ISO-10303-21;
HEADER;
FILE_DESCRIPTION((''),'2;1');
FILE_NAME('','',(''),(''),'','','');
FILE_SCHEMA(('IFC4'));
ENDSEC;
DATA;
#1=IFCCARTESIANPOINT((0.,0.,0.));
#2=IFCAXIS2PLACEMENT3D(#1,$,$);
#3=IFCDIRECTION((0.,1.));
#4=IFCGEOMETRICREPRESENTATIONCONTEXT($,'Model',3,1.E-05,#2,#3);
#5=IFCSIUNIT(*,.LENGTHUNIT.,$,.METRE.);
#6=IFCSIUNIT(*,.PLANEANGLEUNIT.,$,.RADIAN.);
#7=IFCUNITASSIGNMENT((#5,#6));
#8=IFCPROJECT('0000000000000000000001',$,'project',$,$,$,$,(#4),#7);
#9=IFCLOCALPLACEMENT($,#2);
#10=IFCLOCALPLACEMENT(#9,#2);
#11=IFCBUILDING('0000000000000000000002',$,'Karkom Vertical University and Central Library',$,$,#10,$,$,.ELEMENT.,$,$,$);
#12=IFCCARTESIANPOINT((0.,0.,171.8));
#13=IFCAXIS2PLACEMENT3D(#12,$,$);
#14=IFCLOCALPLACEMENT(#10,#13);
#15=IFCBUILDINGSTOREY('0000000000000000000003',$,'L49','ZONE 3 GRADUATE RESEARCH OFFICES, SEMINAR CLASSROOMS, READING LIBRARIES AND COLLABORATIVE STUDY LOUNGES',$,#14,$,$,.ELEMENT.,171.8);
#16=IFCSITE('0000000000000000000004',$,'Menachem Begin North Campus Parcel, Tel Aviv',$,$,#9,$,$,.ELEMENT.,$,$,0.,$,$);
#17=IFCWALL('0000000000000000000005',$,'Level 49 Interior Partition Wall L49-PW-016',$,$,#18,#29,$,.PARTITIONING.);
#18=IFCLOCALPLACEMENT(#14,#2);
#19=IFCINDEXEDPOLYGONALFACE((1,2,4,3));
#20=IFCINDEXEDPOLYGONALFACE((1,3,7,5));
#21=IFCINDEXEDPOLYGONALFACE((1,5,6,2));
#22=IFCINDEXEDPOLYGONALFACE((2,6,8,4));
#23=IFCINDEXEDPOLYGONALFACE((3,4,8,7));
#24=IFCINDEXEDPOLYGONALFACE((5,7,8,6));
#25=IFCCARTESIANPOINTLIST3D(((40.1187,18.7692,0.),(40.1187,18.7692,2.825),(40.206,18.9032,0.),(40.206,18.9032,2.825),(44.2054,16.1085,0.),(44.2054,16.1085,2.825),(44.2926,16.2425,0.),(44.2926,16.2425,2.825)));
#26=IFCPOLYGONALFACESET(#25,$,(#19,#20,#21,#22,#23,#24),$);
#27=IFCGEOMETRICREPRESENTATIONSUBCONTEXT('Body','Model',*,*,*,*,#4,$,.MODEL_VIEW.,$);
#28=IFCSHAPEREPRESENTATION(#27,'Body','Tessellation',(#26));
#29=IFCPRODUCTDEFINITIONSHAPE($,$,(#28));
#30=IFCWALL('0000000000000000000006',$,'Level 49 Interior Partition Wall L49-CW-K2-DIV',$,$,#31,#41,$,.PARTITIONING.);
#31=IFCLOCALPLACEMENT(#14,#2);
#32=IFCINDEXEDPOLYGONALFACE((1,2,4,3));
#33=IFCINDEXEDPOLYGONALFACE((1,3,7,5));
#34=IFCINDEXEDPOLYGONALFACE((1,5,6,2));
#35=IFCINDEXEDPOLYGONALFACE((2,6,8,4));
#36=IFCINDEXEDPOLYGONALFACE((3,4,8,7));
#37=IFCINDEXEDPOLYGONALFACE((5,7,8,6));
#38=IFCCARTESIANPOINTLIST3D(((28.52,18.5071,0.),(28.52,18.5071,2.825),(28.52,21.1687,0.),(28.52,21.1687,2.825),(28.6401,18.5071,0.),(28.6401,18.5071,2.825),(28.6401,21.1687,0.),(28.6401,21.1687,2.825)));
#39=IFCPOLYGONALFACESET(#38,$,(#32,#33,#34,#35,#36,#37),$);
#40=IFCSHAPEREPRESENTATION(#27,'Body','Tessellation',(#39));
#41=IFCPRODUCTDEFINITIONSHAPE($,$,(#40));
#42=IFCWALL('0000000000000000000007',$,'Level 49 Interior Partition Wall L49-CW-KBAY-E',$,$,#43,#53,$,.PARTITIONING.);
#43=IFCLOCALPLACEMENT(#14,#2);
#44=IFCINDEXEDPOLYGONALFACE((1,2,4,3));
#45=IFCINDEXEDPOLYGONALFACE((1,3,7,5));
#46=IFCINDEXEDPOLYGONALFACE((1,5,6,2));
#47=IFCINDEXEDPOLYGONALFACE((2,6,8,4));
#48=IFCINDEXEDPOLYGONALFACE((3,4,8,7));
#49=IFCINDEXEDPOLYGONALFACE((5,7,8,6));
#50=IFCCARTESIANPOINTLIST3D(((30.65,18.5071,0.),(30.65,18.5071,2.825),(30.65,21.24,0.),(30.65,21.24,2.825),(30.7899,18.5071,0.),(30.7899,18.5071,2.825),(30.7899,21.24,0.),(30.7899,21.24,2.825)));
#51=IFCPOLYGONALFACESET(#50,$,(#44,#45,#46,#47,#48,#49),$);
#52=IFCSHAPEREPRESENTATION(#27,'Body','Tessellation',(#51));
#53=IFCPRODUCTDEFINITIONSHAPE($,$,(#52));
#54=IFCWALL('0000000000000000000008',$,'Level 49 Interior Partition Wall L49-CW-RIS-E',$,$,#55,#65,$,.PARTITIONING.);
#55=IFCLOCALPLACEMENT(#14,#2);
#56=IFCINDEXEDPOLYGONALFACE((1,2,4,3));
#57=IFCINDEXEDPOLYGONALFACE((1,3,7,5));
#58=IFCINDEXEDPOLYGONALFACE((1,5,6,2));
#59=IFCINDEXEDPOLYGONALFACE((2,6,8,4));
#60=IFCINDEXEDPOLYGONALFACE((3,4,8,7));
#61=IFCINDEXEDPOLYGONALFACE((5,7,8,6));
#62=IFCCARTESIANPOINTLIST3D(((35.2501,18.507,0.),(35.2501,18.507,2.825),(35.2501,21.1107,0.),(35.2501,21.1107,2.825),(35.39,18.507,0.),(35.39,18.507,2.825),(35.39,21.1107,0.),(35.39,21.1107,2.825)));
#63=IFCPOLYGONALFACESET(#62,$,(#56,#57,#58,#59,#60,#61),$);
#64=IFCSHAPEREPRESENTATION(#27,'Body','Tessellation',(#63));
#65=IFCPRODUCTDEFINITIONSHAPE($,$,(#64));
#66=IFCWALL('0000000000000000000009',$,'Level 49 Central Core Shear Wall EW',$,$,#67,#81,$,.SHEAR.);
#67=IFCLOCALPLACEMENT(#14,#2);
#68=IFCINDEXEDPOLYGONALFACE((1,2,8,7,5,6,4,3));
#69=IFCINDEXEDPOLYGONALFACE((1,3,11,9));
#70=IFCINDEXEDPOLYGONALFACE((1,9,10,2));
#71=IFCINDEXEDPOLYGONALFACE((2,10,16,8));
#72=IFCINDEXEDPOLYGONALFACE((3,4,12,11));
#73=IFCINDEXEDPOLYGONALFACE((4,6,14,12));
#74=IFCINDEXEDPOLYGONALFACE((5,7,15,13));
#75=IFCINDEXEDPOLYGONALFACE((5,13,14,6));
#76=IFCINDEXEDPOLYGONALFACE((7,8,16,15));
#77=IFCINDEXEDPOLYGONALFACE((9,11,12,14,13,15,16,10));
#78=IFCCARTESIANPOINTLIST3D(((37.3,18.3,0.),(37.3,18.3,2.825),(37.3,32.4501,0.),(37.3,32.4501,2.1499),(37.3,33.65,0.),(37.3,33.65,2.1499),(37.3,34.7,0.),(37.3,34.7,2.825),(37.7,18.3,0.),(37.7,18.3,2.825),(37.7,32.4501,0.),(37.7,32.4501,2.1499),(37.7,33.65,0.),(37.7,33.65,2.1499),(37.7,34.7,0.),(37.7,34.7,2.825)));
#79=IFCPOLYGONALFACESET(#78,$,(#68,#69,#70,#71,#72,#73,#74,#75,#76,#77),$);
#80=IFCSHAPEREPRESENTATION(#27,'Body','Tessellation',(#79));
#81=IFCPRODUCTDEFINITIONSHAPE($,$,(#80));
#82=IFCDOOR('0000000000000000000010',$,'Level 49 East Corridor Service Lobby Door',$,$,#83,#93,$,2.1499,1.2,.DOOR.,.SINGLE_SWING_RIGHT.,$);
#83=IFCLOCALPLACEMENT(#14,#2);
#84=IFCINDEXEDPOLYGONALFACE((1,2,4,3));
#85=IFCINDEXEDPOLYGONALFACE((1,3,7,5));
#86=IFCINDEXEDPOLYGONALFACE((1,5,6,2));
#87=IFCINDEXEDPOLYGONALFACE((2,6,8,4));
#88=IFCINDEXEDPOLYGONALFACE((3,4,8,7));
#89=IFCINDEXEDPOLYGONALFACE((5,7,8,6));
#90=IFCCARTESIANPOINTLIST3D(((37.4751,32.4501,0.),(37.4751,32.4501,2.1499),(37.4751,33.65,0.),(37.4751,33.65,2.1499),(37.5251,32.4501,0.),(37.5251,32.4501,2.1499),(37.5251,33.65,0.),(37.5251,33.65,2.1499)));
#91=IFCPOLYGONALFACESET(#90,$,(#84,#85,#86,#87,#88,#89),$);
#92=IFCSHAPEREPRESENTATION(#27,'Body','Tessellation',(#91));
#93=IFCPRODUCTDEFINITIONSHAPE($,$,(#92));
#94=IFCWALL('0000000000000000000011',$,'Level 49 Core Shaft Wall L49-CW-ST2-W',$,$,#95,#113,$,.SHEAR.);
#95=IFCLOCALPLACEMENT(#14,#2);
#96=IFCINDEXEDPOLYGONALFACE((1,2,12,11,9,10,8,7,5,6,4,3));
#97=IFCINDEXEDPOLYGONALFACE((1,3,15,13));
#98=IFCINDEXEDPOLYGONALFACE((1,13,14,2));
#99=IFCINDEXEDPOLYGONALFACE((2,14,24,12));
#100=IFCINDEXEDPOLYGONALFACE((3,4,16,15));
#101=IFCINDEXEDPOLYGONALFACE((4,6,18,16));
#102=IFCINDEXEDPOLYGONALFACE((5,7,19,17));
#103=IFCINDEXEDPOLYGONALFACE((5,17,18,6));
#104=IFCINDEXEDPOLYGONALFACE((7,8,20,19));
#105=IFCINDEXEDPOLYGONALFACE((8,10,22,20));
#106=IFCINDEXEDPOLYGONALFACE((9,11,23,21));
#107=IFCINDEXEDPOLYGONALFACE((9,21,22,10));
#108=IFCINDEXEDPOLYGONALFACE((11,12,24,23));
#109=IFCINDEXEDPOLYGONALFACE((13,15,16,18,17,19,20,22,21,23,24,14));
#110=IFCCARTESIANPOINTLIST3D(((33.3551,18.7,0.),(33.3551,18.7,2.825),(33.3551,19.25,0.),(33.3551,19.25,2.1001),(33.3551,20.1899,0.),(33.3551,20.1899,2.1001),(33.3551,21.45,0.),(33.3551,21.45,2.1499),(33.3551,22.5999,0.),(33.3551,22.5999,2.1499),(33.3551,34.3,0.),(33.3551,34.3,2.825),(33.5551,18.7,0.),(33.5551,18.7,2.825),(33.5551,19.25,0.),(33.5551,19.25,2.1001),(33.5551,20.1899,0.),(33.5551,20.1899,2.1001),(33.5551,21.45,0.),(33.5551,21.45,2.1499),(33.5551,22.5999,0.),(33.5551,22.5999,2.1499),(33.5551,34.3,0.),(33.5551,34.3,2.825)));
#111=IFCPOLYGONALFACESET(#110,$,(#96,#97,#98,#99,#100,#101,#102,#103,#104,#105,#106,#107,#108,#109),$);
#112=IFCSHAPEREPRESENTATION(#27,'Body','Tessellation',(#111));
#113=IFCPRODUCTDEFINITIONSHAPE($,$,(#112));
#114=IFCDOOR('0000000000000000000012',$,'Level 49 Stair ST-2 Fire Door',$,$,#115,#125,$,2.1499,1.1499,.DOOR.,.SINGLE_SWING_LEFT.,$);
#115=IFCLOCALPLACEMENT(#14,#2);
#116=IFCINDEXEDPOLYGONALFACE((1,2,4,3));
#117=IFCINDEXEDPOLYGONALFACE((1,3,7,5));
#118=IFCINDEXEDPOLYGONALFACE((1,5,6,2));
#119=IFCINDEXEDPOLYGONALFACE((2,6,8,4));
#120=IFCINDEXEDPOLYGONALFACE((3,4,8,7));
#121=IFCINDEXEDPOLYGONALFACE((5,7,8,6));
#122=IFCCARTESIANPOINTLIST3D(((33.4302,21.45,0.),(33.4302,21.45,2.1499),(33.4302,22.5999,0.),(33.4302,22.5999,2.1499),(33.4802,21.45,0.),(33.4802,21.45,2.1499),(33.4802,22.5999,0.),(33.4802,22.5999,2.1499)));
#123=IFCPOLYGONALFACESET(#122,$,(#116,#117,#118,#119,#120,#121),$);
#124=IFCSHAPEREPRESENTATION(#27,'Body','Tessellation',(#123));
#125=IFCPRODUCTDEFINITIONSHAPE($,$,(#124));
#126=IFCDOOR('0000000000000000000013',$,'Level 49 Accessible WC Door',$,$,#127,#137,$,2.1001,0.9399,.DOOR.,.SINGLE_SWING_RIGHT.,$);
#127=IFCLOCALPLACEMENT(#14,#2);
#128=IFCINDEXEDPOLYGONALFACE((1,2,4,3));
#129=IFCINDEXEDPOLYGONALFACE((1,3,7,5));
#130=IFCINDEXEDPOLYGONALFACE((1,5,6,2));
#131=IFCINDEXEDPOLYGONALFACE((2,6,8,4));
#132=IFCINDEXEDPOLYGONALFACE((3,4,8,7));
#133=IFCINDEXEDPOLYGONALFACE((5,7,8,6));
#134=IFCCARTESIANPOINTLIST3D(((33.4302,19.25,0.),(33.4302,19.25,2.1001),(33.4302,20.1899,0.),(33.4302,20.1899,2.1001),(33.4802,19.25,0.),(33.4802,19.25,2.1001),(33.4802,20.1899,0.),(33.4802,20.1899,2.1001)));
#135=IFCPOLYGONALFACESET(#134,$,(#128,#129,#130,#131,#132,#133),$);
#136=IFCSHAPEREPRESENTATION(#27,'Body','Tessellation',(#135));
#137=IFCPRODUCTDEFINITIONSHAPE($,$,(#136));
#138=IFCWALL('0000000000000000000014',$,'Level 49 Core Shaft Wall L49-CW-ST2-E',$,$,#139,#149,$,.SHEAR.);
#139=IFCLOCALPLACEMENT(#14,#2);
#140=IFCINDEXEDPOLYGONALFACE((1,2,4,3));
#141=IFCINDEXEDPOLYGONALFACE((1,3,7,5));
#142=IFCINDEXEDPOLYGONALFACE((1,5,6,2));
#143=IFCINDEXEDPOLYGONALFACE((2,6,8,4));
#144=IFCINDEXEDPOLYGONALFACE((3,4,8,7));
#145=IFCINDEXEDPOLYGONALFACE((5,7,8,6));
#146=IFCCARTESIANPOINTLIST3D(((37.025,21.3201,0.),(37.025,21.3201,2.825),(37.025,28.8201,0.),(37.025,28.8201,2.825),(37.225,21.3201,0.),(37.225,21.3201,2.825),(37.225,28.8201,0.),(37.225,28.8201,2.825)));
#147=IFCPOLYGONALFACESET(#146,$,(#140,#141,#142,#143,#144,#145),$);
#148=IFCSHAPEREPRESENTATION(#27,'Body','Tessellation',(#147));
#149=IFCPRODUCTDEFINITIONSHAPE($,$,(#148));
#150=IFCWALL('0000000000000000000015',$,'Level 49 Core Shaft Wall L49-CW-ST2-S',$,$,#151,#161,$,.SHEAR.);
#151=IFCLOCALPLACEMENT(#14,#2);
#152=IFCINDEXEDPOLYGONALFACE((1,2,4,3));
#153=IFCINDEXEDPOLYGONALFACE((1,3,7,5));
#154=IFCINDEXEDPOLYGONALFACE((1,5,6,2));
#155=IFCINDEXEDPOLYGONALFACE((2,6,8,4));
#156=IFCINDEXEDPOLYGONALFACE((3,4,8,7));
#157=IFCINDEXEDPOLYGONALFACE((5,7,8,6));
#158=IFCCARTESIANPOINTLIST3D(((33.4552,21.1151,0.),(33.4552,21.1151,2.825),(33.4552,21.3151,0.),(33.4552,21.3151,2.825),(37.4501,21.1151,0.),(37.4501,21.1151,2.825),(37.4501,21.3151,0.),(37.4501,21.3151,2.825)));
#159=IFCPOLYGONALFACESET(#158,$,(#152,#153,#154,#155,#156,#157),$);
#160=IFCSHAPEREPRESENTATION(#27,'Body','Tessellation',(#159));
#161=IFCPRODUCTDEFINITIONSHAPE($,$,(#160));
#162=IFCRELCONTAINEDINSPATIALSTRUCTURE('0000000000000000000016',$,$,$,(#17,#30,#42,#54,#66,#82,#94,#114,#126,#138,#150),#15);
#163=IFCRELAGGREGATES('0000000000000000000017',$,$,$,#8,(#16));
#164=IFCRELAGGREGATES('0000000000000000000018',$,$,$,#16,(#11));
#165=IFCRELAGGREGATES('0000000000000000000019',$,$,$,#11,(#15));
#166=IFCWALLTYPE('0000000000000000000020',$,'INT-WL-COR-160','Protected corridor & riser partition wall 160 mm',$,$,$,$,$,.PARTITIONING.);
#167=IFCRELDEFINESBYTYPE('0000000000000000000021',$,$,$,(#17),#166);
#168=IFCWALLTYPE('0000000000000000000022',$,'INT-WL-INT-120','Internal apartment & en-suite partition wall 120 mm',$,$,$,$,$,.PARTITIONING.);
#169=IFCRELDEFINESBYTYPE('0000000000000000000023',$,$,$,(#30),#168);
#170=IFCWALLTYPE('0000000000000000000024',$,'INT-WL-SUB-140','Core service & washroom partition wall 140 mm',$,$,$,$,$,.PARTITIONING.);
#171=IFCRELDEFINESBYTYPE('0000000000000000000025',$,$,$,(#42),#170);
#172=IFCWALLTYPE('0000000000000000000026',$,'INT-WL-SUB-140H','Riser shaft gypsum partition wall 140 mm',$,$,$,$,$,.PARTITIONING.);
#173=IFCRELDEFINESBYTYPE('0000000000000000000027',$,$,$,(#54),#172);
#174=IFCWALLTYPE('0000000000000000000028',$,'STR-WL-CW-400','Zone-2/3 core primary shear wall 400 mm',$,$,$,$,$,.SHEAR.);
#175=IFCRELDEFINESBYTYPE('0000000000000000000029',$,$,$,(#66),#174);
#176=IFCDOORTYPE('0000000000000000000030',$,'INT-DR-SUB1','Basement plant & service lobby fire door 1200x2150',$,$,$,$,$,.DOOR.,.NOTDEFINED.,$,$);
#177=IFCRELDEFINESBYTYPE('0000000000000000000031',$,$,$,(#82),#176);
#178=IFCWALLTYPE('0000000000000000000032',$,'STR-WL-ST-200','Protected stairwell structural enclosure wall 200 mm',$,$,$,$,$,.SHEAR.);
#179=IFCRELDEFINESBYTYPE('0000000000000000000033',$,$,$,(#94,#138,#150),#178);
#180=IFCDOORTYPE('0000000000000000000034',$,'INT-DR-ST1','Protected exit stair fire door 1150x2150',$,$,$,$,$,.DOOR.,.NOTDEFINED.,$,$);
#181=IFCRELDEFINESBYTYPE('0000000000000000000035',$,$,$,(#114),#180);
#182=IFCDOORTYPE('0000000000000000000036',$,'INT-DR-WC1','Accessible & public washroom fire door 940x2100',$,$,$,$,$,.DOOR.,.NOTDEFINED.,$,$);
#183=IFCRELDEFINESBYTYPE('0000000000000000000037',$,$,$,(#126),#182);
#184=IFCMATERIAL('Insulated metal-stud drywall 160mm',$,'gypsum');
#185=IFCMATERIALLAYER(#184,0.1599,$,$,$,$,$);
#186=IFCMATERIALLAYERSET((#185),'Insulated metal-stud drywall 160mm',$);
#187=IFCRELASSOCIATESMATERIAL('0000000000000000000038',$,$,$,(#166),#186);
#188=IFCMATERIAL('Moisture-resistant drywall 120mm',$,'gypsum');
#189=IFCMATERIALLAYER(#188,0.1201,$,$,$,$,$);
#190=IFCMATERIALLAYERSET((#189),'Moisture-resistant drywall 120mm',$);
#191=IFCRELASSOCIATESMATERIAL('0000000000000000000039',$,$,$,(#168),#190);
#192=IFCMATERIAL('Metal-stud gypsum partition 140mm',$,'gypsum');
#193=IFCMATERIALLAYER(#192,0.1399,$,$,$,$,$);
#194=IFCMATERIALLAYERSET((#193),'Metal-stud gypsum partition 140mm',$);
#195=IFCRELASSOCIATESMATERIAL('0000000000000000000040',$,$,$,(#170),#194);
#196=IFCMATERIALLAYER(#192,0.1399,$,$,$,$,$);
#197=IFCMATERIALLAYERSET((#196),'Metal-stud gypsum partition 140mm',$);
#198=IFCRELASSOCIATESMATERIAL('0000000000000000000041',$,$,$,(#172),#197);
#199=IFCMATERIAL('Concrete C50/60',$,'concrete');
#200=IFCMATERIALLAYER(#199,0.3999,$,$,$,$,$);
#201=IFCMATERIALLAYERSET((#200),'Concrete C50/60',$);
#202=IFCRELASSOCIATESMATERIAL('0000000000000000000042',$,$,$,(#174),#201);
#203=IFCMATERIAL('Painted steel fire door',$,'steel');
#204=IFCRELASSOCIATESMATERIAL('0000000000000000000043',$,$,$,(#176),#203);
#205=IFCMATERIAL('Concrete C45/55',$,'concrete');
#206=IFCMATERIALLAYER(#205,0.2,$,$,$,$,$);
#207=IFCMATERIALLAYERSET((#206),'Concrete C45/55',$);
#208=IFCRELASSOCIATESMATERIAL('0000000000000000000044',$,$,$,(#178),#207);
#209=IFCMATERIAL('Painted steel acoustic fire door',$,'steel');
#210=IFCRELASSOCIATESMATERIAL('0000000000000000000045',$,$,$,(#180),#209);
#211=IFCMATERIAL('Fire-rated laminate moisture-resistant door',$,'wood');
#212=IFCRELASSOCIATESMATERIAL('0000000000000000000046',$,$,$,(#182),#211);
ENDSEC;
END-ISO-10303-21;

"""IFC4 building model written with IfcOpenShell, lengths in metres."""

from ifc_helpers import new_model, si_unit, direction, frame, frame_2d, origin, origin_with_axes, place, context, subcontext, project, spatial, rectangle, extrude, source, transform, mapped, material, layer, layer_set, type_object, element, fill, save


model = new_model("IFC4")

# Units and contexts
model_context = context("Model", 3, precision=1e-05, world=origin(), true_north=direction((0.0, 1.0)))
body_context = subcontext(model_context, "Body", "Model", "MODEL_VIEW")
ifc_project = project(units=[si_unit("LENGTHUNIT", "METRE"), si_unit("PLANEANGLEUNIT", "RADIAN")], contexts=[model_context])

# Site, building, storey
site_placement = place(None, origin())
site = spatial("IfcSite", under=ifc_project, at=site_placement, Name="Menachem Begin North Campus Parcel, Tel Aviv", CompositionType="ELEMENT", RefElevation=0.0)
building_placement = place(site_placement, origin())
building = spatial("IfcBuilding", under=site, at=building_placement, Name="Karkom Vertical University and Central Library", CompositionType="ELEMENT")
storey_placement = place(building_placement, frame((0.0, 0.0, 171.8)))
storey = spatial("IfcBuildingStorey", under=building, at=storey_placement, Name="L49", Description="ZONE 3 GRADUATE RESEARCH OFFICES, SEMINAR CLASSROOMS, READING LIBRARIES AND COLLABORATIVE STUDY LOUNGES", CompositionType="ELEMENT", Elevation=171.8)

# Shared definitions
ifc_material_1 = material(Name="Concrete C50/60", Category="concrete")

# Walls
ifc_material_2 = material(Name="Insulated metal-stud drywall 160mm", Category="gypsum")
ifc_layer_1 = layer(ifc_material_2, 0.1599)
ifc_layer_set_1 = layer_set([ifc_layer_1], Name="Insulated metal-stud drywall 160mm")
wall_type_1 = type_object("IfcWallType", Name="INT-WL-COR-160", Description="Protected corridor & riser partition wall 160 mm", PredefinedType="PARTITIONING", material=ifc_layer_set_1)
wall_1_placement = place(storey_placement, frame((40.1624, 18.8362, 0.0), z_axis=(0.0, 0.0, 1.0), x_axis=(0.83804, -0.545609, 0.0)))
element("IfcWall", 1, at=wall_1_placement, inside=storey, type_object=wall_type_1, Name="Level 49 Interior Partition Wall L49-PW-016", PredefinedType="PARTITIONING", context=body_context, shape_type="SweptSolid", body=[
    extrude(rectangle(XDim=4.8765, YDim=0.1599, at=frame_2d((2.4382, 0.0))), origin(), (0.0, 0.0, 1.0), 2.825),
])
ifc_material_3 = material(Name="Moisture-resistant drywall 120mm", Category="gypsum")
ifc_layer_2 = layer(ifc_material_3, 0.1201)
ifc_layer_set_2 = layer_set([ifc_layer_2], Name="Moisture-resistant drywall 120mm")
wall_type_2 = type_object("IfcWallType", Name="INT-WL-INT-120", Description="Internal apartment & en-suite partition wall 120 mm", PredefinedType="PARTITIONING", material=ifc_layer_set_2)
wall_2_placement = place(storey_placement, frame((28.5801, 18.5071, 0.0), z_axis=(0.0, 0.0, 1.0), x_axis=(0.0, 1.0, 0.0)))
element("IfcWall", 2, at=wall_2_placement, inside=storey, type_object=wall_type_2, Name="Level 49 Interior Partition Wall L49-CW-K2-DIV", PredefinedType="PARTITIONING", context=body_context, shape_type="SweptSolid", body=[
    extrude(rectangle(XDim=2.6616, YDim=0.1201, at=frame_2d((1.3308, 0.0))), origin(), (0.0, 0.0, 1.0), 2.825),
])
ifc_material_4 = material(Name="Metal-stud gypsum partition 140mm", Category="gypsum")
ifc_layer_3 = layer(ifc_material_4, 0.1399)
ifc_layer_set_3 = layer_set([ifc_layer_3], Name="Metal-stud gypsum partition 140mm")
wall_type_3 = type_object("IfcWallType", Name="INT-WL-SUB-140", Description="Core service & washroom partition wall 140 mm", PredefinedType="PARTITIONING", material=ifc_layer_set_3)
wall_3_placement = place(storey_placement, frame((30.72, 18.5071, 0.0), z_axis=(0.0, 0.0, 1.0), x_axis=(0.0, 1.0, 0.0)))
element("IfcWall", 3, at=wall_3_placement, inside=storey, type_object=wall_type_3, Name="Level 49 Interior Partition Wall L49-CW-KBAY-E", PredefinedType="PARTITIONING", context=body_context, shape_type="SweptSolid", body=[
    extrude(rectangle(XDim=2.7329, YDim=0.1399, at=frame_2d((1.3665, 0.0))), origin(), (0.0, 0.0, 1.0), 2.825),
])
ifc_layer_4 = layer(ifc_material_4, 0.1399)
ifc_layer_set_4 = layer_set([ifc_layer_4], Name="Metal-stud gypsum partition 140mm")
wall_type_4 = type_object("IfcWallType", Name="INT-WL-SUB-140H", Description="Riser shaft gypsum partition wall 140 mm", PredefinedType="PARTITIONING", material=ifc_layer_set_4)
wall_4_placement = place(storey_placement, frame((35.3201, 18.5071, 0.0), z_axis=(0.0, 0.0, 1.0), x_axis=(0.0, 1.0, 0.0)))
element("IfcWall", 4, at=wall_4_placement, inside=storey, type_object=wall_type_4, Name="Level 49 Interior Partition Wall L49-CW-RIS-E", PredefinedType="PARTITIONING", context=body_context, shape_type="SweptSolid", body=[
    extrude(rectangle(XDim=2.6038, YDim=0.1399, at=frame_2d((1.3018, 0.0))), origin(), (0.0, 0.0, 1.0), 2.825),
])

# Wall, opening, door
ifc_layer_5 = layer(ifc_material_1, 0.3999)
ifc_layer_set_5 = layer_set([ifc_layer_5], Name="Concrete C50/60")
wall_type_5 = type_object("IfcWallType", Name="STR-WL-CW-400", Description="Zone-2/3 core primary shear wall 400 mm", PredefinedType="SHEAR", material=ifc_layer_set_5)
wall_5_placement = place(storey_placement, frame((37.5, 18.3, 0.0), z_axis=(0.0, 0.0, 1.0), x_axis=(0.0, 1.0, 0.0)))
wall_5 = element("IfcWall", 5, at=wall_5_placement, inside=storey, type_object=wall_type_5, Name="Level 49 Central Core Shear Wall EW", PredefinedType="SHEAR", context=body_context, shape_type="SweptSolid", body=[
    extrude(rectangle(XDim=16.3999, YDim=0.3999, at=frame_2d((8.2, 0.0))), origin(), (0.0, 0.0, 1.0), 2.825),
])
opening_1_placement = place(wall_5_placement, frame((14.1499, 0.0, 0.0)))
opening_1 = element("IfcOpeningElement", 6, at=opening_1_placement, cuts=wall_5, PredefinedType="OPENING", context=body_context, shape_type="SweptSolid", body=[
    extrude(rectangle(XDim=1.2, YDim=2.1499, at=frame_2d((0.6001, 1.075))), frame((0.0, 0.21, 0.0), z_axis=(0.0, -1.0, 0.0), x_axis=(1.0, 0.0, 0.0)), (0.0, 0.0, 1.0), 0.4199),
])
ifc_material_5 = material(Name="Painted steel fire door", Category="steel")
door_type_1 = type_object("IfcDoorType", Name="INT-DR-SUB1", Description="Basement plant & service lobby fire door 1200x2150", OperationType="NOTDEFINED", PredefinedType="DOOR", material=ifc_material_5)
shared_shape_1 = source(origin_with_axes(), body_context, "Body", "SweptSolid", [
    extrude(rectangle(XDim=1.2, YDim=2.1499, at=frame_2d((0.6001, 1.075))), frame((0.0, 0.0249, 0.0), z_axis=(0.0, -1.0, 0.0), x_axis=(1.0, 0.0, 0.0)), (0.0, 0.0, 1.0), 0.05),
])
door_1_placement = place(opening_1_placement, origin())
door_1 = element("IfcDoor", 7, at=door_1_placement, inside=storey, type_object=door_type_1, Name="Level 49 East Corridor Service Lobby Door", OperationType="SINGLE_SWING_RIGHT", OverallHeight=2.1499, OverallWidth=1.2, PredefinedType="DOOR", context=body_context, shape_type="MappedRepresentation", body=[
    mapped(shared_shape_1, transform((0.0, 0.0, 0.0), scale=1.0)),
])
fill(opening_1, door_1)

# Wall, openings, doors
ifc_material_6 = material(Name="Concrete C45/55", Category="concrete")
ifc_layer_6 = layer(ifc_material_6, 0.2)
ifc_layer_set_6 = layer_set([ifc_layer_6], Name="Concrete C45/55")
wall_type_6 = type_object("IfcWallType", Name="STR-WL-ST-200", Description="Protected stairwell structural enclosure wall 200 mm", PredefinedType="SHEAR", material=ifc_layer_set_6)
wall_6_placement = place(storey_placement, frame((33.4551, 18.7, 0.0), z_axis=(0.0, 0.0, 1.0), x_axis=(0.0, 1.0, 0.0)))
wall_6 = element("IfcWall", 8, at=wall_6_placement, inside=storey, type_object=wall_type_6, Name="Level 49 Core Shaft Wall L49-CW-ST2-W", PredefinedType="SHEAR", context=body_context, shape_type="SweptSolid", body=[
    extrude(rectangle(XDim=15.6001, YDim=0.2, at=frame_2d((7.8, 0.0))), origin(), (0.0, 0.0, 1.0), 2.825),
])
opening_2_placement = place(wall_6_placement, frame((2.75, 0.0, 0.0)))
opening_2 = element("IfcOpeningElement", 9, at=opening_2_placement, cuts=wall_6, PredefinedType="OPENING", context=body_context, shape_type="SweptSolid", body=[
    extrude(rectangle(XDim=1.1499, YDim=2.1499, at=frame_2d((0.575, 1.075))), frame((0.0, 0.1099, 0.0), z_axis=(0.0, -1.0, 0.0), x_axis=(1.0, 0.0, 0.0)), (0.0, 0.0, 1.0), 0.22),
])
opening_3_placement = place(wall_6_placement, frame((0.55, 0.0, 0.0)))
opening_3 = element("IfcOpeningElement", 10, at=opening_3_placement, cuts=wall_6, PredefinedType="OPENING", context=body_context, shape_type="SweptSolid", body=[
    extrude(rectangle(XDim=0.9399, YDim=2.1001, at=frame_2d((0.47, 1.05))), frame((0.0, 0.1099, 0.0), z_axis=(0.0, -1.0, 0.0), x_axis=(1.0, 0.0, 0.0)), (0.0, 0.0, 1.0), 0.22),
])
ifc_material_7 = material(Name="Painted steel acoustic fire door", Category="steel")
door_type_2 = type_object("IfcDoorType", Name="INT-DR-ST1", Description="Protected exit stair fire door 1150x2150", OperationType="NOTDEFINED", PredefinedType="DOOR", material=ifc_material_7)
shared_shape_2 = source(origin_with_axes(), body_context, "Body", "SweptSolid", [
    extrude(rectangle(XDim=1.1499, YDim=2.1499, at=frame_2d((0.575, 1.075))), frame((0.0, 0.0249, 0.0), z_axis=(0.0, -1.0, 0.0), x_axis=(1.0, 0.0, 0.0)), (0.0, 0.0, 1.0), 0.05),
])
door_2_placement = place(opening_2_placement, origin())
door_2 = element("IfcDoor", 11, at=door_2_placement, inside=storey, type_object=door_type_2, Name="Level 49 Stair ST-2 Fire Door", OperationType="SINGLE_SWING_LEFT", OverallHeight=2.1499, OverallWidth=1.1499, PredefinedType="DOOR", context=body_context, shape_type="MappedRepresentation", body=[
    mapped(shared_shape_2, transform((0.0, 0.0, 0.0), scale=1.0)),
])
fill(opening_2, door_2)
ifc_material_8 = material(Name="Fire-rated laminate moisture-resistant door", Category="wood")
door_type_3 = type_object("IfcDoorType", Name="INT-DR-WC1", Description="Accessible & public washroom fire door 940x2100", OperationType="NOTDEFINED", PredefinedType="DOOR", material=ifc_material_8)
shared_shape_3 = source(origin_with_axes(), body_context, "Body", "SweptSolid", [
    extrude(rectangle(XDim=0.9399, YDim=2.1001, at=frame_2d((0.47, 1.05))), frame((0.0, 0.0249, 0.0), z_axis=(0.0, -1.0, 0.0), x_axis=(1.0, 0.0, 0.0)), (0.0, 0.0, 1.0), 0.05),
])
door_3_placement = place(opening_3_placement, origin())
door_3 = element("IfcDoor", 12, at=door_3_placement, inside=storey, type_object=door_type_3, Name="Level 49 Accessible WC Door", OperationType="SINGLE_SWING_RIGHT", OverallHeight=2.1001, OverallWidth=0.9399, PredefinedType="DOOR", context=body_context, shape_type="MappedRepresentation", body=[
    mapped(shared_shape_3, transform((0.0, 0.0, 0.0), scale=1.0)),
])
fill(opening_3, door_3)

# Walls
wall_7_placement = place(storey_placement, frame((37.125, 21.3201, 0.0), z_axis=(0.0, 0.0, 1.0), x_axis=(0.0, 1.0, 0.0)))
element("IfcWall", 13, at=wall_7_placement, inside=storey, type_object=wall_type_6, Name="Level 49 Core Shaft Wall L49-CW-ST2-E", PredefinedType="SHEAR", context=body_context, shape_type="SweptSolid", body=[
    extrude(rectangle(XDim=7.5, YDim=0.2, at=frame_2d((3.75, 0.0))), origin(), (0.0, 0.0, 1.0), 2.825),
])
wall_8_placement = place(storey_placement, frame((33.4551, 21.2151, 0.0), z_axis=(0.0, 0.0, 1.0), x_axis=(1.0, 0.0, 0.0)))
element("IfcWall", 14, at=wall_8_placement, inside=storey, type_object=wall_type_6, Name="Level 49 Core Shaft Wall L49-CW-ST2-S", PredefinedType="SHEAR", context=body_context, shape_type="SweptSolid", body=[
    extrude(rectangle(XDim=3.9949, YDim=0.2, at=frame_2d((1.9976, 0.0))), origin(), (0.0, 0.0, 1.0), 2.825),
])

save(model, "model.ifc")
